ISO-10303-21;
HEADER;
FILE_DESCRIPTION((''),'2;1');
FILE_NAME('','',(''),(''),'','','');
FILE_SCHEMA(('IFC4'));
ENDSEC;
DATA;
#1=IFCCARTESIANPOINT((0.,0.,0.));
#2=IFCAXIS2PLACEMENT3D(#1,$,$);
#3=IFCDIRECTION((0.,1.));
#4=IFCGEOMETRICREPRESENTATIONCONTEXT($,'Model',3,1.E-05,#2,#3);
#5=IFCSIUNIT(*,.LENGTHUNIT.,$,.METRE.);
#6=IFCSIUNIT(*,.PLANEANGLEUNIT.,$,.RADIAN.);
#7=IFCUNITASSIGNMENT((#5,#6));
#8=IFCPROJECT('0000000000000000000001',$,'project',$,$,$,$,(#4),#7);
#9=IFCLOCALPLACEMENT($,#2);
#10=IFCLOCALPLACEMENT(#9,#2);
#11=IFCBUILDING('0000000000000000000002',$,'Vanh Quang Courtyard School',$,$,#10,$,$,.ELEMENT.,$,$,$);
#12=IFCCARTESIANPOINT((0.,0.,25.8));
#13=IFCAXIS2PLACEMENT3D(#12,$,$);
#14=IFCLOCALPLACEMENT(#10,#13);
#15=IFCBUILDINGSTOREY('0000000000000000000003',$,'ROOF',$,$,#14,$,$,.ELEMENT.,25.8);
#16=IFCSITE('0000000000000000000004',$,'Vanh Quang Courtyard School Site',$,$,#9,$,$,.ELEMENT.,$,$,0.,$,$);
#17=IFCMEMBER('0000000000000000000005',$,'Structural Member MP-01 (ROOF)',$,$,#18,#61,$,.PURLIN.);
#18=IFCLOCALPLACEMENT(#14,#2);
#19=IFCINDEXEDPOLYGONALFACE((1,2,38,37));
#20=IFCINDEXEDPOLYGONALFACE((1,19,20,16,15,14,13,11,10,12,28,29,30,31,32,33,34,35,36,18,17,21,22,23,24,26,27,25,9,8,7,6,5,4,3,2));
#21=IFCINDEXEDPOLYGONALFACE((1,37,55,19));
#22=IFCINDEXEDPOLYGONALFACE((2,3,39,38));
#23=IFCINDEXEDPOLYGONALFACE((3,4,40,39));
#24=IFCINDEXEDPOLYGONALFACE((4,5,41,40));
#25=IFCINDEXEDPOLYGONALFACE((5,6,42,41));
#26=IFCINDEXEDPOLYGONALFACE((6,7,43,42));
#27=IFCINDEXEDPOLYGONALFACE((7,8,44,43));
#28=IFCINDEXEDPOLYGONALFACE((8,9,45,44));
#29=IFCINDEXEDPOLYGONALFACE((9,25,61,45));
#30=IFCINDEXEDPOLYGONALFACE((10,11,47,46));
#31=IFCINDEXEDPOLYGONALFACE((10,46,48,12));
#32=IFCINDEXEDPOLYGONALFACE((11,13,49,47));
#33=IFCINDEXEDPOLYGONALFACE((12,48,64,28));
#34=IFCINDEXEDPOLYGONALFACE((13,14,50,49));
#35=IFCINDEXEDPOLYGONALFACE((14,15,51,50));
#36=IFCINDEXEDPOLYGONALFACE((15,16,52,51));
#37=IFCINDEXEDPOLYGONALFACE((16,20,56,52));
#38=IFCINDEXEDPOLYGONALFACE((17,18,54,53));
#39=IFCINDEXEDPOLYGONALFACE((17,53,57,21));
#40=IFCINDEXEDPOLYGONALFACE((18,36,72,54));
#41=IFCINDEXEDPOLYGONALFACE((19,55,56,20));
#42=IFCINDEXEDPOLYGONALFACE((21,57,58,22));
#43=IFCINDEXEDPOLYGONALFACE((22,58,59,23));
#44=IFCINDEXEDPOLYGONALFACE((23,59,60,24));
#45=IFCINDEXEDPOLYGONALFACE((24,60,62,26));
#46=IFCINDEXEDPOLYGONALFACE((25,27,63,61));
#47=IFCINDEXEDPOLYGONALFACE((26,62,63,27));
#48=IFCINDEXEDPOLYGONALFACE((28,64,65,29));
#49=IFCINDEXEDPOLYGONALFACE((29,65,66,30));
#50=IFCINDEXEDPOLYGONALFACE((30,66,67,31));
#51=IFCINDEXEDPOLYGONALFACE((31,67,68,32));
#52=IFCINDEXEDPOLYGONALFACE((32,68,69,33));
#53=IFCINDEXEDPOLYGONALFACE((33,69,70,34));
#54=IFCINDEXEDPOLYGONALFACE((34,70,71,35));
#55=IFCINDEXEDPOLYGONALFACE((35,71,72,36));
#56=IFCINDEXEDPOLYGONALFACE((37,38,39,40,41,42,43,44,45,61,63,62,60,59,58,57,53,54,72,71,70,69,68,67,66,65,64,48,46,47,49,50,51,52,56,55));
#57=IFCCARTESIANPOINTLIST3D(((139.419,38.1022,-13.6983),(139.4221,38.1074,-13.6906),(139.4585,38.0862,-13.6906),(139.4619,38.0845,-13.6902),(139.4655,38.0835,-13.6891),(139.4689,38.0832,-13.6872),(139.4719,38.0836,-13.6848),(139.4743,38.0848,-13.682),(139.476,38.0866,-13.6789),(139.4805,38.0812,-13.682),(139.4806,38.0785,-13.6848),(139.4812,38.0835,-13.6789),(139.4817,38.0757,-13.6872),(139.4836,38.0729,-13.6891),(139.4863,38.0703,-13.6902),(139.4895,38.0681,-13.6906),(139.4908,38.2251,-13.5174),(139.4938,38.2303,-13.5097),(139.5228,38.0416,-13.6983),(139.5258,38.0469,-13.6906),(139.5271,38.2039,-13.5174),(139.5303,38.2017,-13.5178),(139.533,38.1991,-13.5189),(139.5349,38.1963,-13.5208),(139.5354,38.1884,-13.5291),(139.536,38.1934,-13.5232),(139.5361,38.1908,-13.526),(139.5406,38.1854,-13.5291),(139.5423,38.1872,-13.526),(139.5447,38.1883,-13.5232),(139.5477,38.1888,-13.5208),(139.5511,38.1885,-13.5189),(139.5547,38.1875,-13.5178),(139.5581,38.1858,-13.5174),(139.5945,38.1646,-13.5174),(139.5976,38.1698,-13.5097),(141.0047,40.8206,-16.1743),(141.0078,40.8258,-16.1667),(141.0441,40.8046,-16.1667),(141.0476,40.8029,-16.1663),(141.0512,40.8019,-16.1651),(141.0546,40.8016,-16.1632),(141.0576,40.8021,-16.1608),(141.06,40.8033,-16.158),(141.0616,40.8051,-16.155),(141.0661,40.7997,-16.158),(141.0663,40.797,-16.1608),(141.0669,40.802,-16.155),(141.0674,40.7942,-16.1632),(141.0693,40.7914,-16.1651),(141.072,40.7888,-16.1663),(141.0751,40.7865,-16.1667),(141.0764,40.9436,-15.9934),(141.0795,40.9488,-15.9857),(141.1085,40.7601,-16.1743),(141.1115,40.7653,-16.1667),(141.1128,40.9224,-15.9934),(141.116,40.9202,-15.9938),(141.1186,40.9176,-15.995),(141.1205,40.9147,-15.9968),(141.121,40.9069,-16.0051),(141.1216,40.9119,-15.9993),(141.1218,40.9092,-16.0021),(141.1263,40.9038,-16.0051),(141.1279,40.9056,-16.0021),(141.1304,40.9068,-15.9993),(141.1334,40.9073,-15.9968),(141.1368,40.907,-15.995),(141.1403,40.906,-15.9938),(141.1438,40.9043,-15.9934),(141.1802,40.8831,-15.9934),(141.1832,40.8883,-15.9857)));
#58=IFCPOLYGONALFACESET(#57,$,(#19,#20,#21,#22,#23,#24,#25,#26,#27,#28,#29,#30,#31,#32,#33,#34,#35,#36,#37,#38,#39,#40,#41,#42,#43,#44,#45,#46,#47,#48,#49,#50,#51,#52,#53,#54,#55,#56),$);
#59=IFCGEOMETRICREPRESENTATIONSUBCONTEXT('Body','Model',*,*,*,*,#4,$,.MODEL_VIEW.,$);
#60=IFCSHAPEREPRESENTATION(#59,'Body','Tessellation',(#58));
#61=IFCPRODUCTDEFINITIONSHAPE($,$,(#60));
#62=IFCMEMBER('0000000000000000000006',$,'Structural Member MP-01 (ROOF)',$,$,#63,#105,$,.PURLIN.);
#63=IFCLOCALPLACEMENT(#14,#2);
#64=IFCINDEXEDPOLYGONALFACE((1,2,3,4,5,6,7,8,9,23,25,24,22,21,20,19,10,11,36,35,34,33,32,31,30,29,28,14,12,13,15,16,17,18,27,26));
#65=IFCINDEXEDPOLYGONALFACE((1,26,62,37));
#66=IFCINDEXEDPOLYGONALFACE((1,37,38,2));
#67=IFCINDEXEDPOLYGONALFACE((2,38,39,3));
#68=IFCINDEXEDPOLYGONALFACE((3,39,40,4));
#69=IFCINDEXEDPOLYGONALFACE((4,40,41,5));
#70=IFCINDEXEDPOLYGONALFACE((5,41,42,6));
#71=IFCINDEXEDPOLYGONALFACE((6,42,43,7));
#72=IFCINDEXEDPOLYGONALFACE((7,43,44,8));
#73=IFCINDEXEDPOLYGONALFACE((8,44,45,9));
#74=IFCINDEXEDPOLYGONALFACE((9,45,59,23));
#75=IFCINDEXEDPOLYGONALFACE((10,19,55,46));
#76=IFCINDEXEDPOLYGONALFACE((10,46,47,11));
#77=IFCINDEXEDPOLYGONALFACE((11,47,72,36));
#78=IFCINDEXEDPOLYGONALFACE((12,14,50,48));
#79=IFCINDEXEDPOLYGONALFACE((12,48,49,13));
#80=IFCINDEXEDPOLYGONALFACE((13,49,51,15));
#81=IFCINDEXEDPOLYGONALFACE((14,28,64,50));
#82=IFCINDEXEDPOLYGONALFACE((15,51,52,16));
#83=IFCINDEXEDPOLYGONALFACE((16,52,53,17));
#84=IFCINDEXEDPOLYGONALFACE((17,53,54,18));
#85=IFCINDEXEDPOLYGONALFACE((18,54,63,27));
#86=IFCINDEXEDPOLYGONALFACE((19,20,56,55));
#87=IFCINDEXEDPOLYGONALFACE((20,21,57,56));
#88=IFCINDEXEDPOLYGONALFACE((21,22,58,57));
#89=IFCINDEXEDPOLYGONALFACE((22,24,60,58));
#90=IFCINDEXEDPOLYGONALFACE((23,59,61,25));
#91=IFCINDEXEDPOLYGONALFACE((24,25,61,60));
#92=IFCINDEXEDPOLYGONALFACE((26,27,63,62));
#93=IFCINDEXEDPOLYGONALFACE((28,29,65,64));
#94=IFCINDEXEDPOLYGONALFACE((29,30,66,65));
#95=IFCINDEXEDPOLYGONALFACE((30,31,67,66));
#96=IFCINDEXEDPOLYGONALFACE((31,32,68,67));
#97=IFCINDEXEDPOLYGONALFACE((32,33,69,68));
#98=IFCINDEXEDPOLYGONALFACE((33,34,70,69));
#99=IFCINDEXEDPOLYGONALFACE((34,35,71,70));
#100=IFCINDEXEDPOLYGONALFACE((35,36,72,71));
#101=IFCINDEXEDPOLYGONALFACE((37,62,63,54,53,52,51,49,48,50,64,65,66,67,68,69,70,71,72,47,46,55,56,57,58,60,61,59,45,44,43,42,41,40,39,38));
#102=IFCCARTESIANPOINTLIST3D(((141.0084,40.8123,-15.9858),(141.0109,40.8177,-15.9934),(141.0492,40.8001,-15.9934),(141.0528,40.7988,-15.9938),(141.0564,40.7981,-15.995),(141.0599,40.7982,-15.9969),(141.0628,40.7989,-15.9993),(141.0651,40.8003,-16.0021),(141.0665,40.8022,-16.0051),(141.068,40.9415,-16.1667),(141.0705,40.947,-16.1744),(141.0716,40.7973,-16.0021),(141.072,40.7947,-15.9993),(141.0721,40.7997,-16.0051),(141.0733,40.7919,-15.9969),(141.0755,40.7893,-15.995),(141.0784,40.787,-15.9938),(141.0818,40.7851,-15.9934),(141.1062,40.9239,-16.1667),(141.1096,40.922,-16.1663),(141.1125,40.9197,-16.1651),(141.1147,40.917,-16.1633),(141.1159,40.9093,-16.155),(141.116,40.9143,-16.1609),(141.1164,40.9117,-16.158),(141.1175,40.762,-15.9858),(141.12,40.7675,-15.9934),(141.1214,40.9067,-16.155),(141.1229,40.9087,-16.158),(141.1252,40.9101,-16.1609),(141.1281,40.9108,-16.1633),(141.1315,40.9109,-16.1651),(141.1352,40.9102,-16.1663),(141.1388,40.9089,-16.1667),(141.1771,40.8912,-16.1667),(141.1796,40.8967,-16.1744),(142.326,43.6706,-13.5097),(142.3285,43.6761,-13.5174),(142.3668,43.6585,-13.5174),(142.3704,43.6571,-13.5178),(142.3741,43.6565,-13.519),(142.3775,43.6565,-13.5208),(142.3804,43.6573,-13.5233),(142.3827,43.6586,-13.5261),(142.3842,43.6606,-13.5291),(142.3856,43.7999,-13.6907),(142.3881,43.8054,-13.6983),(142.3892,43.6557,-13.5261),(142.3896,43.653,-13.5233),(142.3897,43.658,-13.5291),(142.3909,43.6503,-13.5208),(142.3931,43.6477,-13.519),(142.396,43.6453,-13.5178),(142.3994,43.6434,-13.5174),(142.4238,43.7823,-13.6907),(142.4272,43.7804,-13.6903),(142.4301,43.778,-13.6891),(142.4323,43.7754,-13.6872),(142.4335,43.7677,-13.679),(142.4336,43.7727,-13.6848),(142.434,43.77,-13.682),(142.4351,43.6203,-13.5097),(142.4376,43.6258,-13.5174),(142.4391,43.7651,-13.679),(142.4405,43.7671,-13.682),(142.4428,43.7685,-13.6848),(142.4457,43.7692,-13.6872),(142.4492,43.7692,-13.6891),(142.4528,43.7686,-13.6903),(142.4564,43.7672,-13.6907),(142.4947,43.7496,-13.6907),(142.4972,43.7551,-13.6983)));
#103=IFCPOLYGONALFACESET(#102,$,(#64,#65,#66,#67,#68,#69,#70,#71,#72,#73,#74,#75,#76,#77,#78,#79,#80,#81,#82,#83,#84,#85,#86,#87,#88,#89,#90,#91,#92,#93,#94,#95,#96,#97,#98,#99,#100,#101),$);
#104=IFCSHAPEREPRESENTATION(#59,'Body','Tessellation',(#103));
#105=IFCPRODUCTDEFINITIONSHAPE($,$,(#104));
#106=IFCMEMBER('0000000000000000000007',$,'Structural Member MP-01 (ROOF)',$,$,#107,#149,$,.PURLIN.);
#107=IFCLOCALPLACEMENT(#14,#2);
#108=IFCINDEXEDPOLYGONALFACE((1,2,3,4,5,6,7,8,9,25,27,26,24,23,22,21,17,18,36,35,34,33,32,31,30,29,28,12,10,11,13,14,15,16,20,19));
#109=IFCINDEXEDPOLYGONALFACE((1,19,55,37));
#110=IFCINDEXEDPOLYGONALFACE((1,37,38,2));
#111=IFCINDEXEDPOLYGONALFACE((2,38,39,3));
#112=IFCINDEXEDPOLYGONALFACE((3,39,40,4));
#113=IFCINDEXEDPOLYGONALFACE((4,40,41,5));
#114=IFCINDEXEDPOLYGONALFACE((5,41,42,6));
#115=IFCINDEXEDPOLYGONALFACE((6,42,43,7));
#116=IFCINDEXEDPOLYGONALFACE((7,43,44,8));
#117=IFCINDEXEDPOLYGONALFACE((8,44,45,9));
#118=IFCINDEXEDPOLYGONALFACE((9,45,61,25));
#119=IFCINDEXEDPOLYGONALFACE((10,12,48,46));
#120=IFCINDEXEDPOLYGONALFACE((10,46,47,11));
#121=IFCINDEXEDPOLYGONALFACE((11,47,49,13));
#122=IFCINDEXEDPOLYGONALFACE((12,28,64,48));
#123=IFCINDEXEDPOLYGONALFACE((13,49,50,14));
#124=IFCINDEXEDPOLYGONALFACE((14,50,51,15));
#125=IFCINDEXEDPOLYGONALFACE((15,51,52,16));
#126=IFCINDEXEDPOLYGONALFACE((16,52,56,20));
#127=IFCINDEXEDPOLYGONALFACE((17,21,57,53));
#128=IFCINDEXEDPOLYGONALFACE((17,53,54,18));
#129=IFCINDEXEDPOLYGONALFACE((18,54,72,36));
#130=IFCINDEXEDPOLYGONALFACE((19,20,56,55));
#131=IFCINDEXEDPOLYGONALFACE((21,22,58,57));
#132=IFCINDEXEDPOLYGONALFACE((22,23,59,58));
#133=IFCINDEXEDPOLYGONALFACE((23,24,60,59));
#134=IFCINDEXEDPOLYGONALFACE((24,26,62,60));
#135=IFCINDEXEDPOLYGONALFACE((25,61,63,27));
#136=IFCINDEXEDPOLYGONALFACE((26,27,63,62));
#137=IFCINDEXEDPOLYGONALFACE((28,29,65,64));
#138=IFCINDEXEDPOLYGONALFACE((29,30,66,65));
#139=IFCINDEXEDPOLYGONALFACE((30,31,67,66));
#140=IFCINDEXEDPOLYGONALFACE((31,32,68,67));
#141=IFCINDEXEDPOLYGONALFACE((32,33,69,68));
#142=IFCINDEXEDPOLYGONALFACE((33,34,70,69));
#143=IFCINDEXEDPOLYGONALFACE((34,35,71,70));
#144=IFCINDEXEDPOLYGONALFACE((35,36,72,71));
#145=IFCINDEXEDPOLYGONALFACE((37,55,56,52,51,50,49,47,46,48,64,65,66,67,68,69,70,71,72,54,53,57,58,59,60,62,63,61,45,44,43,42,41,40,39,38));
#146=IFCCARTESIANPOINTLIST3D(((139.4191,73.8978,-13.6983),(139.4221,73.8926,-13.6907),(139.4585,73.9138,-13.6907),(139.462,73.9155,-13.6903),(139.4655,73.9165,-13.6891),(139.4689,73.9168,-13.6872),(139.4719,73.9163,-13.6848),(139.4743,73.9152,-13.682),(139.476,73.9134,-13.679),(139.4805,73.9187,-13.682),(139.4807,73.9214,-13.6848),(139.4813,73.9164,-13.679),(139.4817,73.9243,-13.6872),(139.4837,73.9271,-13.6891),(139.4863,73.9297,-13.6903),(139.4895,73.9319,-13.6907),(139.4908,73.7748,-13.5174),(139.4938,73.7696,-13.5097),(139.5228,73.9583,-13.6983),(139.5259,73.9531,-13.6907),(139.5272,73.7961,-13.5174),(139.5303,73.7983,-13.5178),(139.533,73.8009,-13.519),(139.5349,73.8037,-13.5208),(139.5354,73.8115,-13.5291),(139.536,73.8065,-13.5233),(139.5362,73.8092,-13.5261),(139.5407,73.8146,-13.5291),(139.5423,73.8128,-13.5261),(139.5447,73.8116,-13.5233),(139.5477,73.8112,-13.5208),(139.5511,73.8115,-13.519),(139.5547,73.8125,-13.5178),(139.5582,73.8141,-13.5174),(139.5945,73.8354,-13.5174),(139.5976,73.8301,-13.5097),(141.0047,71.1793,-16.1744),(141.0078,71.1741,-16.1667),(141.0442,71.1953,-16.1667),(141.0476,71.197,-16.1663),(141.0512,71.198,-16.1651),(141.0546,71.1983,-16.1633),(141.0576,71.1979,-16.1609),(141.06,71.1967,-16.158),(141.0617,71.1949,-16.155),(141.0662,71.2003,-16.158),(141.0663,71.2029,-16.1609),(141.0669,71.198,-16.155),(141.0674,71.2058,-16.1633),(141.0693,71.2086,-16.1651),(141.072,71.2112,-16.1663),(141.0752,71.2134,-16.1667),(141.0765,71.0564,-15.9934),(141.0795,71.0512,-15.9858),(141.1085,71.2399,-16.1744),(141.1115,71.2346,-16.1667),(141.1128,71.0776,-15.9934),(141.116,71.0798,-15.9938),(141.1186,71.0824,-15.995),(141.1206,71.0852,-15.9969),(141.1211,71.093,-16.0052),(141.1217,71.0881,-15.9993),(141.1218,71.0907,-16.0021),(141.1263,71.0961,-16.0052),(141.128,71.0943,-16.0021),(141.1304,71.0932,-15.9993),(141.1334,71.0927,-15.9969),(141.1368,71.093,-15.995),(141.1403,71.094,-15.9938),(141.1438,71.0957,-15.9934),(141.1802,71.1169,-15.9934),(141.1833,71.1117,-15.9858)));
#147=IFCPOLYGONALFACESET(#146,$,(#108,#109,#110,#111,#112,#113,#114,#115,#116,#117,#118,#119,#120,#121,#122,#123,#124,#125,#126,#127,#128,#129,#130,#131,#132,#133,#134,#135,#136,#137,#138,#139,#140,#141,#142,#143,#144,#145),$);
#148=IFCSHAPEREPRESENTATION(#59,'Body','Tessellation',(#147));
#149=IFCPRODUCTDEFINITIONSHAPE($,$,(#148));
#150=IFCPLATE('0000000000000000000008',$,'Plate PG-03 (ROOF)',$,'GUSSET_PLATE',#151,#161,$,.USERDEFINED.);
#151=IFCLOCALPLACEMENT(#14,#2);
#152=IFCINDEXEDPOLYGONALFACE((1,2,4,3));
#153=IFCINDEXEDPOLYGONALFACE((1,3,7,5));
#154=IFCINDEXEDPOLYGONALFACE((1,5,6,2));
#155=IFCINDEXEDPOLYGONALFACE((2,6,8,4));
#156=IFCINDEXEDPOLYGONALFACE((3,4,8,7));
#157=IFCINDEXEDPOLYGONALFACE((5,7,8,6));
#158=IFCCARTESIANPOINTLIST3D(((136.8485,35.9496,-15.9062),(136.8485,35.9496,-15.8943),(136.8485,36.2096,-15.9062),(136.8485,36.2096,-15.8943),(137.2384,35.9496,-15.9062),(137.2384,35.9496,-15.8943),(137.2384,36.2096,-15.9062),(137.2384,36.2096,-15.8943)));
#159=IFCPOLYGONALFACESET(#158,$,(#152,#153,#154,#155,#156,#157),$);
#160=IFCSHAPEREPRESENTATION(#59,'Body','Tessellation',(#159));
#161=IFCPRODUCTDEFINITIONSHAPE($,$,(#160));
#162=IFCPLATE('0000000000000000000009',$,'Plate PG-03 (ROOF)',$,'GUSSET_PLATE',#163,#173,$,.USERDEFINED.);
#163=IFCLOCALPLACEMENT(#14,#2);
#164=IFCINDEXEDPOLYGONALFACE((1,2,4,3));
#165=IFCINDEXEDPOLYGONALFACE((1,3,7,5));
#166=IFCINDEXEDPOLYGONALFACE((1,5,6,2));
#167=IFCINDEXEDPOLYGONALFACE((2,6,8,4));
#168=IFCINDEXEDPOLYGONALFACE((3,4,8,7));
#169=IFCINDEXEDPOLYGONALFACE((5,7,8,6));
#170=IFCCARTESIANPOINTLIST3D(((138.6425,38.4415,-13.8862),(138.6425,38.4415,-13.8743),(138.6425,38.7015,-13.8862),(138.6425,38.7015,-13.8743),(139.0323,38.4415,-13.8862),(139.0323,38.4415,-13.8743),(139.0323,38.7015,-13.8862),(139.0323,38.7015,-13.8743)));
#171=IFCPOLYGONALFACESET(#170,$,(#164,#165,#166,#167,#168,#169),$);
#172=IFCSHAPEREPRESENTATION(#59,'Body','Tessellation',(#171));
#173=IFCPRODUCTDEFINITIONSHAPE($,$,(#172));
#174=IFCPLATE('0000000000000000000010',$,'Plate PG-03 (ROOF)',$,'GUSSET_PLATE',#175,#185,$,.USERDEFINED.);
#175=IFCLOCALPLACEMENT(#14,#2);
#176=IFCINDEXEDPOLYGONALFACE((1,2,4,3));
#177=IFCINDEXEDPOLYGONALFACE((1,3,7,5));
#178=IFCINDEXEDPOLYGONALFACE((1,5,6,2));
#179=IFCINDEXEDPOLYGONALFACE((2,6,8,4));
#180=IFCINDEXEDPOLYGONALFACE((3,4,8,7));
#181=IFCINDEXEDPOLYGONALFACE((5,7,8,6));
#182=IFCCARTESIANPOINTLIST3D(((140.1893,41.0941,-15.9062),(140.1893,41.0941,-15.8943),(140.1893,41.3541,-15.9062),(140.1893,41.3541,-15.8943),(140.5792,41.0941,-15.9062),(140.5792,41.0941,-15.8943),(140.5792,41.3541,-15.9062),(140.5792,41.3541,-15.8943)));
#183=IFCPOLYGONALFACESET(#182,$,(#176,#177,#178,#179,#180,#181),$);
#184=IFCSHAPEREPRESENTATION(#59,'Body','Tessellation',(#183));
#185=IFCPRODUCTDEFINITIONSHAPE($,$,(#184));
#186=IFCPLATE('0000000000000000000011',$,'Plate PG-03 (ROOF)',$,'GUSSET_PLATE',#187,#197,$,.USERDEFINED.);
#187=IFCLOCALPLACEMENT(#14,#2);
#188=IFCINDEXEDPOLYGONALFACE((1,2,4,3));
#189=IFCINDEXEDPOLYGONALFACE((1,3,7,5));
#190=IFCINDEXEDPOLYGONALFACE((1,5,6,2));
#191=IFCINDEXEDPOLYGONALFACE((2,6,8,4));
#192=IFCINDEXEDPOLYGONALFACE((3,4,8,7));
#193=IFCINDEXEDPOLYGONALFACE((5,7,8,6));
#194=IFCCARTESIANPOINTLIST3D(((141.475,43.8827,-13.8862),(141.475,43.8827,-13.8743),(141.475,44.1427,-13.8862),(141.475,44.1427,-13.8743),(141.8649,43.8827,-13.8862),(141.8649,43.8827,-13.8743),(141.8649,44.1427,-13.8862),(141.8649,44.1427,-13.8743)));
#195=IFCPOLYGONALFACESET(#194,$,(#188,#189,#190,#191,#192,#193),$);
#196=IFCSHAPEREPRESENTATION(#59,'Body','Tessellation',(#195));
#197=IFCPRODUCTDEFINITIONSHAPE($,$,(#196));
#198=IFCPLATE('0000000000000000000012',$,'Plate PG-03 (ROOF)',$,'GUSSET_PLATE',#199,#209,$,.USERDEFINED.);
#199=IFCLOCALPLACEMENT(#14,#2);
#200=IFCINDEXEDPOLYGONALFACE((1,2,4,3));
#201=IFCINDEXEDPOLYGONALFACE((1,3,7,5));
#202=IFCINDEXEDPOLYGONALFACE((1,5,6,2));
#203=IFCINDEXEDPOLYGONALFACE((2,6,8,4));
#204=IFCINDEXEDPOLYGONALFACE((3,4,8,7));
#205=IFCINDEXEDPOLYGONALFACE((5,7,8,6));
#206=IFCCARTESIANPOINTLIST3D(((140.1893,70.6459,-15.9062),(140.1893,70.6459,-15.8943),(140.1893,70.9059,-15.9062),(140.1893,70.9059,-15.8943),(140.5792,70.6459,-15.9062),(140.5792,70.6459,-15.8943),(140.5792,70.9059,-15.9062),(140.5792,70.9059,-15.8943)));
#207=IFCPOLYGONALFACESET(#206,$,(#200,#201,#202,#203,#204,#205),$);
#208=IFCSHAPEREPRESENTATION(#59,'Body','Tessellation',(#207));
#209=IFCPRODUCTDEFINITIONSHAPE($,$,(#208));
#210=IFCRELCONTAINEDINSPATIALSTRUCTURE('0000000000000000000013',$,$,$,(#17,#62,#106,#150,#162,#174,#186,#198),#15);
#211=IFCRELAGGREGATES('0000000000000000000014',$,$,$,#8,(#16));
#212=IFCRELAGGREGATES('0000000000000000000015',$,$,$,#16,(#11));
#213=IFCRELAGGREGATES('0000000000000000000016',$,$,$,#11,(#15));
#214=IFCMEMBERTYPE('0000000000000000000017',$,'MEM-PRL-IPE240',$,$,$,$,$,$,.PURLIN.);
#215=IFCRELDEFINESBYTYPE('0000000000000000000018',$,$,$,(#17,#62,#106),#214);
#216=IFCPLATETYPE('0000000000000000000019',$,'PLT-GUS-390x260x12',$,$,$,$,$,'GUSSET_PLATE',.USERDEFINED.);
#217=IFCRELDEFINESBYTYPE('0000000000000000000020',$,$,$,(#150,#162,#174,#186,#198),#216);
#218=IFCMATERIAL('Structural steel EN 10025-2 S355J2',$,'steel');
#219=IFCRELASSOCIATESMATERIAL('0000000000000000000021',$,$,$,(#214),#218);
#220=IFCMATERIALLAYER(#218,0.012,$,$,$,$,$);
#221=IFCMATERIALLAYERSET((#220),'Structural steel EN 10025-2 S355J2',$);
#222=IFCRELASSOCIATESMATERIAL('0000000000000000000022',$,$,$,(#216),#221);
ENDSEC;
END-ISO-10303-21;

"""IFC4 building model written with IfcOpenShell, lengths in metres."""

from ifc_helpers import new_model, si_unit, direction, frame, origin, origin_2d, place, context, subcontext, project, spatial, rectangle, i_section, extrude, material, layer, layer_set, material_profile, profile_set, type_object, element, save


model = new_model("IFC4")

# Units and contexts
model_context = context("Model", 3, precision=1e-05, world=origin(), true_north=direction((0.0, 1.0)))
body_context = subcontext(model_context, "Body", "Model", "MODEL_VIEW")
ifc_project = project(units=[si_unit("LENGTHUNIT", "METRE"), si_unit("PLANEANGLEUNIT", "RADIAN")], contexts=[model_context])

# Site, building, storey
site_placement = place(None, origin())
site = spatial("IfcSite", under=ifc_project, at=site_placement, Name="Vanh Quang Courtyard School Site", CompositionType="ELEMENT", RefElevation=0.0)
building_placement = place(site_placement, origin())
building = spatial("IfcBuilding", under=site, at=building_placement, Name="Vanh Quang Courtyard School", CompositionType="ELEMENT")
storey_placement = place(building_placement, frame((0.0, 0.0, 25.8)))
storey = spatial("IfcBuildingStorey", under=building, at=storey_placement, Name="ROOF", CompositionType="ELEMENT", Elevation=25.8)

# Shared definitions
ifc_material_1 = material(Name="Structural steel EN 10025-2 S355J2", Category="steel")

# Members
ifc_material_profile_1 = material_profile(ifc_material_1, i_section(OverallWidth=0.1201, OverallDepth=0.24, WebThickness=0.0061, FlangeThickness=0.0098, FilletRadius=0.0149, at=origin_2d()), Name="IPE 240")
ifc_profile_set_1 = profile_set([ifc_material_profile_1], Name="Structural steel EN 10025-2 S355J2")
member_type_1 = type_object("IfcMemberType", Name="MEM-PRL-IPE240", PredefinedType="PURLIN", material=ifc_profile_set_1)
member_1_placement = place(storey_placement, frame((139.5083, 38.136, -13.604), z_axis=(0.395983, 0.678871, -0.61833), x_axis=(-0.863793, 0.503847, 0.0)))
element("IfcMember", 1, at=member_1_placement, inside=storey, type_object=member_type_1, Name="Structural Member MP-01 (ROOF)", PredefinedType="PURLIN", context=body_context, shape_type="SweptSolid", body=[
    extrude(i_section(OverallWidth=0.1201, OverallDepth=0.24, WebThickness=0.0061, FlangeThickness=0.0098, FilletRadius=0.0149, at=origin_2d()), origin(), (0.0, 0.0, 1.0), 4.0044),
])
member_2_placement = place(storey_placement, frame((141.094, 40.8545, -16.0801), z_axis=(0.329021, 0.713763, 0.618294), x_axis=(-0.908157, 0.41863, 0.0)))
element("IfcMember", 2, at=member_2_placement, inside=storey, type_object=member_type_1, Name="Structural Member MP-01 (ROOF)", PredefinedType="PURLIN", context=body_context, shape_type="SweptSolid", body=[
    extrude(i_section(OverallWidth=0.1201, OverallDepth=0.24, WebThickness=0.0061, FlangeThickness=0.0098, FilletRadius=0.0149, at=origin_2d()), origin(), (0.0, 0.0, 1.0), 4.0046),
])
member_3_placement = place(storey_placement, frame((141.094, 71.1455, -16.0801), z_axis=(-0.395983, 0.678871, 0.61833), x_axis=(-0.863793, -0.503847, 0.0)))
element("IfcMember", 3, at=member_3_placement, inside=storey, type_object=member_type_1, Name="Structural Member MP-01 (ROOF)", PredefinedType="PURLIN", context=body_context, shape_type="SweptSolid", body=[
    extrude(i_section(OverallWidth=0.1201, OverallDepth=0.24, WebThickness=0.0061, FlangeThickness=0.0098, FilletRadius=0.0149, at=origin_2d()), origin(), (0.0, 0.0, 1.0), 4.0044),
])

# Plates
ifc_layer_1 = layer(ifc_material_1, 0.012)
ifc_layer_set_1 = layer_set([ifc_layer_1], Name="Structural steel EN 10025-2 S355J2")
plate_type = type_object("IfcPlateType", Name="PLT-GUS-390x260x12", ElementType="GUSSET_PLATE", PredefinedType="USERDEFINED", material=ifc_layer_set_1)
for number, where, z_axis, x_axis, name in (
    (4, (137.0435, 36.0796, -15.9062), (0.0, 0.0, 1.0), (1.0, 0.0, 0.0), "Plate PG-03 (ROOF)"),
    (5, (138.8374, 38.5715, -13.8862), (0.0, 0.0, 1.0), (1.0, 0.0, 0.0), "Plate PG-03 (ROOF)"),
    (6, (140.3843, 41.2241, -15.9062), (0.0, 0.0, 1.0), (1.0, 0.0, 0.0), "Plate PG-03 (ROOF)"),
    (7, (141.6699, 44.0127, -13.8862), (0.0, 0.0, 1.0), (1.0, 0.0, 0.0), "Plate PG-03 (ROOF)"),
    (8, (140.3843, 70.7759, -15.9062), (0.0, 0.0, 1.0), (1.0, 0.0, 0.0), "Plate PG-03 (ROOF)"),
):
    element("IfcPlate", number, at=place(storey_placement, frame(where, z_axis=z_axis, x_axis=x_axis)), inside=storey, type_object=plate_type, Name=name, ObjectType="GUSSET_PLATE", PredefinedType="USERDEFINED", context=body_context, shape_type="SweptSolid", body=[
        extrude(rectangle(XDim=0.3899, YDim=0.26, at=origin_2d()), origin(), (0.0, 0.0, 1.0), 0.012),
    ])

save(model, "model.ifc")
